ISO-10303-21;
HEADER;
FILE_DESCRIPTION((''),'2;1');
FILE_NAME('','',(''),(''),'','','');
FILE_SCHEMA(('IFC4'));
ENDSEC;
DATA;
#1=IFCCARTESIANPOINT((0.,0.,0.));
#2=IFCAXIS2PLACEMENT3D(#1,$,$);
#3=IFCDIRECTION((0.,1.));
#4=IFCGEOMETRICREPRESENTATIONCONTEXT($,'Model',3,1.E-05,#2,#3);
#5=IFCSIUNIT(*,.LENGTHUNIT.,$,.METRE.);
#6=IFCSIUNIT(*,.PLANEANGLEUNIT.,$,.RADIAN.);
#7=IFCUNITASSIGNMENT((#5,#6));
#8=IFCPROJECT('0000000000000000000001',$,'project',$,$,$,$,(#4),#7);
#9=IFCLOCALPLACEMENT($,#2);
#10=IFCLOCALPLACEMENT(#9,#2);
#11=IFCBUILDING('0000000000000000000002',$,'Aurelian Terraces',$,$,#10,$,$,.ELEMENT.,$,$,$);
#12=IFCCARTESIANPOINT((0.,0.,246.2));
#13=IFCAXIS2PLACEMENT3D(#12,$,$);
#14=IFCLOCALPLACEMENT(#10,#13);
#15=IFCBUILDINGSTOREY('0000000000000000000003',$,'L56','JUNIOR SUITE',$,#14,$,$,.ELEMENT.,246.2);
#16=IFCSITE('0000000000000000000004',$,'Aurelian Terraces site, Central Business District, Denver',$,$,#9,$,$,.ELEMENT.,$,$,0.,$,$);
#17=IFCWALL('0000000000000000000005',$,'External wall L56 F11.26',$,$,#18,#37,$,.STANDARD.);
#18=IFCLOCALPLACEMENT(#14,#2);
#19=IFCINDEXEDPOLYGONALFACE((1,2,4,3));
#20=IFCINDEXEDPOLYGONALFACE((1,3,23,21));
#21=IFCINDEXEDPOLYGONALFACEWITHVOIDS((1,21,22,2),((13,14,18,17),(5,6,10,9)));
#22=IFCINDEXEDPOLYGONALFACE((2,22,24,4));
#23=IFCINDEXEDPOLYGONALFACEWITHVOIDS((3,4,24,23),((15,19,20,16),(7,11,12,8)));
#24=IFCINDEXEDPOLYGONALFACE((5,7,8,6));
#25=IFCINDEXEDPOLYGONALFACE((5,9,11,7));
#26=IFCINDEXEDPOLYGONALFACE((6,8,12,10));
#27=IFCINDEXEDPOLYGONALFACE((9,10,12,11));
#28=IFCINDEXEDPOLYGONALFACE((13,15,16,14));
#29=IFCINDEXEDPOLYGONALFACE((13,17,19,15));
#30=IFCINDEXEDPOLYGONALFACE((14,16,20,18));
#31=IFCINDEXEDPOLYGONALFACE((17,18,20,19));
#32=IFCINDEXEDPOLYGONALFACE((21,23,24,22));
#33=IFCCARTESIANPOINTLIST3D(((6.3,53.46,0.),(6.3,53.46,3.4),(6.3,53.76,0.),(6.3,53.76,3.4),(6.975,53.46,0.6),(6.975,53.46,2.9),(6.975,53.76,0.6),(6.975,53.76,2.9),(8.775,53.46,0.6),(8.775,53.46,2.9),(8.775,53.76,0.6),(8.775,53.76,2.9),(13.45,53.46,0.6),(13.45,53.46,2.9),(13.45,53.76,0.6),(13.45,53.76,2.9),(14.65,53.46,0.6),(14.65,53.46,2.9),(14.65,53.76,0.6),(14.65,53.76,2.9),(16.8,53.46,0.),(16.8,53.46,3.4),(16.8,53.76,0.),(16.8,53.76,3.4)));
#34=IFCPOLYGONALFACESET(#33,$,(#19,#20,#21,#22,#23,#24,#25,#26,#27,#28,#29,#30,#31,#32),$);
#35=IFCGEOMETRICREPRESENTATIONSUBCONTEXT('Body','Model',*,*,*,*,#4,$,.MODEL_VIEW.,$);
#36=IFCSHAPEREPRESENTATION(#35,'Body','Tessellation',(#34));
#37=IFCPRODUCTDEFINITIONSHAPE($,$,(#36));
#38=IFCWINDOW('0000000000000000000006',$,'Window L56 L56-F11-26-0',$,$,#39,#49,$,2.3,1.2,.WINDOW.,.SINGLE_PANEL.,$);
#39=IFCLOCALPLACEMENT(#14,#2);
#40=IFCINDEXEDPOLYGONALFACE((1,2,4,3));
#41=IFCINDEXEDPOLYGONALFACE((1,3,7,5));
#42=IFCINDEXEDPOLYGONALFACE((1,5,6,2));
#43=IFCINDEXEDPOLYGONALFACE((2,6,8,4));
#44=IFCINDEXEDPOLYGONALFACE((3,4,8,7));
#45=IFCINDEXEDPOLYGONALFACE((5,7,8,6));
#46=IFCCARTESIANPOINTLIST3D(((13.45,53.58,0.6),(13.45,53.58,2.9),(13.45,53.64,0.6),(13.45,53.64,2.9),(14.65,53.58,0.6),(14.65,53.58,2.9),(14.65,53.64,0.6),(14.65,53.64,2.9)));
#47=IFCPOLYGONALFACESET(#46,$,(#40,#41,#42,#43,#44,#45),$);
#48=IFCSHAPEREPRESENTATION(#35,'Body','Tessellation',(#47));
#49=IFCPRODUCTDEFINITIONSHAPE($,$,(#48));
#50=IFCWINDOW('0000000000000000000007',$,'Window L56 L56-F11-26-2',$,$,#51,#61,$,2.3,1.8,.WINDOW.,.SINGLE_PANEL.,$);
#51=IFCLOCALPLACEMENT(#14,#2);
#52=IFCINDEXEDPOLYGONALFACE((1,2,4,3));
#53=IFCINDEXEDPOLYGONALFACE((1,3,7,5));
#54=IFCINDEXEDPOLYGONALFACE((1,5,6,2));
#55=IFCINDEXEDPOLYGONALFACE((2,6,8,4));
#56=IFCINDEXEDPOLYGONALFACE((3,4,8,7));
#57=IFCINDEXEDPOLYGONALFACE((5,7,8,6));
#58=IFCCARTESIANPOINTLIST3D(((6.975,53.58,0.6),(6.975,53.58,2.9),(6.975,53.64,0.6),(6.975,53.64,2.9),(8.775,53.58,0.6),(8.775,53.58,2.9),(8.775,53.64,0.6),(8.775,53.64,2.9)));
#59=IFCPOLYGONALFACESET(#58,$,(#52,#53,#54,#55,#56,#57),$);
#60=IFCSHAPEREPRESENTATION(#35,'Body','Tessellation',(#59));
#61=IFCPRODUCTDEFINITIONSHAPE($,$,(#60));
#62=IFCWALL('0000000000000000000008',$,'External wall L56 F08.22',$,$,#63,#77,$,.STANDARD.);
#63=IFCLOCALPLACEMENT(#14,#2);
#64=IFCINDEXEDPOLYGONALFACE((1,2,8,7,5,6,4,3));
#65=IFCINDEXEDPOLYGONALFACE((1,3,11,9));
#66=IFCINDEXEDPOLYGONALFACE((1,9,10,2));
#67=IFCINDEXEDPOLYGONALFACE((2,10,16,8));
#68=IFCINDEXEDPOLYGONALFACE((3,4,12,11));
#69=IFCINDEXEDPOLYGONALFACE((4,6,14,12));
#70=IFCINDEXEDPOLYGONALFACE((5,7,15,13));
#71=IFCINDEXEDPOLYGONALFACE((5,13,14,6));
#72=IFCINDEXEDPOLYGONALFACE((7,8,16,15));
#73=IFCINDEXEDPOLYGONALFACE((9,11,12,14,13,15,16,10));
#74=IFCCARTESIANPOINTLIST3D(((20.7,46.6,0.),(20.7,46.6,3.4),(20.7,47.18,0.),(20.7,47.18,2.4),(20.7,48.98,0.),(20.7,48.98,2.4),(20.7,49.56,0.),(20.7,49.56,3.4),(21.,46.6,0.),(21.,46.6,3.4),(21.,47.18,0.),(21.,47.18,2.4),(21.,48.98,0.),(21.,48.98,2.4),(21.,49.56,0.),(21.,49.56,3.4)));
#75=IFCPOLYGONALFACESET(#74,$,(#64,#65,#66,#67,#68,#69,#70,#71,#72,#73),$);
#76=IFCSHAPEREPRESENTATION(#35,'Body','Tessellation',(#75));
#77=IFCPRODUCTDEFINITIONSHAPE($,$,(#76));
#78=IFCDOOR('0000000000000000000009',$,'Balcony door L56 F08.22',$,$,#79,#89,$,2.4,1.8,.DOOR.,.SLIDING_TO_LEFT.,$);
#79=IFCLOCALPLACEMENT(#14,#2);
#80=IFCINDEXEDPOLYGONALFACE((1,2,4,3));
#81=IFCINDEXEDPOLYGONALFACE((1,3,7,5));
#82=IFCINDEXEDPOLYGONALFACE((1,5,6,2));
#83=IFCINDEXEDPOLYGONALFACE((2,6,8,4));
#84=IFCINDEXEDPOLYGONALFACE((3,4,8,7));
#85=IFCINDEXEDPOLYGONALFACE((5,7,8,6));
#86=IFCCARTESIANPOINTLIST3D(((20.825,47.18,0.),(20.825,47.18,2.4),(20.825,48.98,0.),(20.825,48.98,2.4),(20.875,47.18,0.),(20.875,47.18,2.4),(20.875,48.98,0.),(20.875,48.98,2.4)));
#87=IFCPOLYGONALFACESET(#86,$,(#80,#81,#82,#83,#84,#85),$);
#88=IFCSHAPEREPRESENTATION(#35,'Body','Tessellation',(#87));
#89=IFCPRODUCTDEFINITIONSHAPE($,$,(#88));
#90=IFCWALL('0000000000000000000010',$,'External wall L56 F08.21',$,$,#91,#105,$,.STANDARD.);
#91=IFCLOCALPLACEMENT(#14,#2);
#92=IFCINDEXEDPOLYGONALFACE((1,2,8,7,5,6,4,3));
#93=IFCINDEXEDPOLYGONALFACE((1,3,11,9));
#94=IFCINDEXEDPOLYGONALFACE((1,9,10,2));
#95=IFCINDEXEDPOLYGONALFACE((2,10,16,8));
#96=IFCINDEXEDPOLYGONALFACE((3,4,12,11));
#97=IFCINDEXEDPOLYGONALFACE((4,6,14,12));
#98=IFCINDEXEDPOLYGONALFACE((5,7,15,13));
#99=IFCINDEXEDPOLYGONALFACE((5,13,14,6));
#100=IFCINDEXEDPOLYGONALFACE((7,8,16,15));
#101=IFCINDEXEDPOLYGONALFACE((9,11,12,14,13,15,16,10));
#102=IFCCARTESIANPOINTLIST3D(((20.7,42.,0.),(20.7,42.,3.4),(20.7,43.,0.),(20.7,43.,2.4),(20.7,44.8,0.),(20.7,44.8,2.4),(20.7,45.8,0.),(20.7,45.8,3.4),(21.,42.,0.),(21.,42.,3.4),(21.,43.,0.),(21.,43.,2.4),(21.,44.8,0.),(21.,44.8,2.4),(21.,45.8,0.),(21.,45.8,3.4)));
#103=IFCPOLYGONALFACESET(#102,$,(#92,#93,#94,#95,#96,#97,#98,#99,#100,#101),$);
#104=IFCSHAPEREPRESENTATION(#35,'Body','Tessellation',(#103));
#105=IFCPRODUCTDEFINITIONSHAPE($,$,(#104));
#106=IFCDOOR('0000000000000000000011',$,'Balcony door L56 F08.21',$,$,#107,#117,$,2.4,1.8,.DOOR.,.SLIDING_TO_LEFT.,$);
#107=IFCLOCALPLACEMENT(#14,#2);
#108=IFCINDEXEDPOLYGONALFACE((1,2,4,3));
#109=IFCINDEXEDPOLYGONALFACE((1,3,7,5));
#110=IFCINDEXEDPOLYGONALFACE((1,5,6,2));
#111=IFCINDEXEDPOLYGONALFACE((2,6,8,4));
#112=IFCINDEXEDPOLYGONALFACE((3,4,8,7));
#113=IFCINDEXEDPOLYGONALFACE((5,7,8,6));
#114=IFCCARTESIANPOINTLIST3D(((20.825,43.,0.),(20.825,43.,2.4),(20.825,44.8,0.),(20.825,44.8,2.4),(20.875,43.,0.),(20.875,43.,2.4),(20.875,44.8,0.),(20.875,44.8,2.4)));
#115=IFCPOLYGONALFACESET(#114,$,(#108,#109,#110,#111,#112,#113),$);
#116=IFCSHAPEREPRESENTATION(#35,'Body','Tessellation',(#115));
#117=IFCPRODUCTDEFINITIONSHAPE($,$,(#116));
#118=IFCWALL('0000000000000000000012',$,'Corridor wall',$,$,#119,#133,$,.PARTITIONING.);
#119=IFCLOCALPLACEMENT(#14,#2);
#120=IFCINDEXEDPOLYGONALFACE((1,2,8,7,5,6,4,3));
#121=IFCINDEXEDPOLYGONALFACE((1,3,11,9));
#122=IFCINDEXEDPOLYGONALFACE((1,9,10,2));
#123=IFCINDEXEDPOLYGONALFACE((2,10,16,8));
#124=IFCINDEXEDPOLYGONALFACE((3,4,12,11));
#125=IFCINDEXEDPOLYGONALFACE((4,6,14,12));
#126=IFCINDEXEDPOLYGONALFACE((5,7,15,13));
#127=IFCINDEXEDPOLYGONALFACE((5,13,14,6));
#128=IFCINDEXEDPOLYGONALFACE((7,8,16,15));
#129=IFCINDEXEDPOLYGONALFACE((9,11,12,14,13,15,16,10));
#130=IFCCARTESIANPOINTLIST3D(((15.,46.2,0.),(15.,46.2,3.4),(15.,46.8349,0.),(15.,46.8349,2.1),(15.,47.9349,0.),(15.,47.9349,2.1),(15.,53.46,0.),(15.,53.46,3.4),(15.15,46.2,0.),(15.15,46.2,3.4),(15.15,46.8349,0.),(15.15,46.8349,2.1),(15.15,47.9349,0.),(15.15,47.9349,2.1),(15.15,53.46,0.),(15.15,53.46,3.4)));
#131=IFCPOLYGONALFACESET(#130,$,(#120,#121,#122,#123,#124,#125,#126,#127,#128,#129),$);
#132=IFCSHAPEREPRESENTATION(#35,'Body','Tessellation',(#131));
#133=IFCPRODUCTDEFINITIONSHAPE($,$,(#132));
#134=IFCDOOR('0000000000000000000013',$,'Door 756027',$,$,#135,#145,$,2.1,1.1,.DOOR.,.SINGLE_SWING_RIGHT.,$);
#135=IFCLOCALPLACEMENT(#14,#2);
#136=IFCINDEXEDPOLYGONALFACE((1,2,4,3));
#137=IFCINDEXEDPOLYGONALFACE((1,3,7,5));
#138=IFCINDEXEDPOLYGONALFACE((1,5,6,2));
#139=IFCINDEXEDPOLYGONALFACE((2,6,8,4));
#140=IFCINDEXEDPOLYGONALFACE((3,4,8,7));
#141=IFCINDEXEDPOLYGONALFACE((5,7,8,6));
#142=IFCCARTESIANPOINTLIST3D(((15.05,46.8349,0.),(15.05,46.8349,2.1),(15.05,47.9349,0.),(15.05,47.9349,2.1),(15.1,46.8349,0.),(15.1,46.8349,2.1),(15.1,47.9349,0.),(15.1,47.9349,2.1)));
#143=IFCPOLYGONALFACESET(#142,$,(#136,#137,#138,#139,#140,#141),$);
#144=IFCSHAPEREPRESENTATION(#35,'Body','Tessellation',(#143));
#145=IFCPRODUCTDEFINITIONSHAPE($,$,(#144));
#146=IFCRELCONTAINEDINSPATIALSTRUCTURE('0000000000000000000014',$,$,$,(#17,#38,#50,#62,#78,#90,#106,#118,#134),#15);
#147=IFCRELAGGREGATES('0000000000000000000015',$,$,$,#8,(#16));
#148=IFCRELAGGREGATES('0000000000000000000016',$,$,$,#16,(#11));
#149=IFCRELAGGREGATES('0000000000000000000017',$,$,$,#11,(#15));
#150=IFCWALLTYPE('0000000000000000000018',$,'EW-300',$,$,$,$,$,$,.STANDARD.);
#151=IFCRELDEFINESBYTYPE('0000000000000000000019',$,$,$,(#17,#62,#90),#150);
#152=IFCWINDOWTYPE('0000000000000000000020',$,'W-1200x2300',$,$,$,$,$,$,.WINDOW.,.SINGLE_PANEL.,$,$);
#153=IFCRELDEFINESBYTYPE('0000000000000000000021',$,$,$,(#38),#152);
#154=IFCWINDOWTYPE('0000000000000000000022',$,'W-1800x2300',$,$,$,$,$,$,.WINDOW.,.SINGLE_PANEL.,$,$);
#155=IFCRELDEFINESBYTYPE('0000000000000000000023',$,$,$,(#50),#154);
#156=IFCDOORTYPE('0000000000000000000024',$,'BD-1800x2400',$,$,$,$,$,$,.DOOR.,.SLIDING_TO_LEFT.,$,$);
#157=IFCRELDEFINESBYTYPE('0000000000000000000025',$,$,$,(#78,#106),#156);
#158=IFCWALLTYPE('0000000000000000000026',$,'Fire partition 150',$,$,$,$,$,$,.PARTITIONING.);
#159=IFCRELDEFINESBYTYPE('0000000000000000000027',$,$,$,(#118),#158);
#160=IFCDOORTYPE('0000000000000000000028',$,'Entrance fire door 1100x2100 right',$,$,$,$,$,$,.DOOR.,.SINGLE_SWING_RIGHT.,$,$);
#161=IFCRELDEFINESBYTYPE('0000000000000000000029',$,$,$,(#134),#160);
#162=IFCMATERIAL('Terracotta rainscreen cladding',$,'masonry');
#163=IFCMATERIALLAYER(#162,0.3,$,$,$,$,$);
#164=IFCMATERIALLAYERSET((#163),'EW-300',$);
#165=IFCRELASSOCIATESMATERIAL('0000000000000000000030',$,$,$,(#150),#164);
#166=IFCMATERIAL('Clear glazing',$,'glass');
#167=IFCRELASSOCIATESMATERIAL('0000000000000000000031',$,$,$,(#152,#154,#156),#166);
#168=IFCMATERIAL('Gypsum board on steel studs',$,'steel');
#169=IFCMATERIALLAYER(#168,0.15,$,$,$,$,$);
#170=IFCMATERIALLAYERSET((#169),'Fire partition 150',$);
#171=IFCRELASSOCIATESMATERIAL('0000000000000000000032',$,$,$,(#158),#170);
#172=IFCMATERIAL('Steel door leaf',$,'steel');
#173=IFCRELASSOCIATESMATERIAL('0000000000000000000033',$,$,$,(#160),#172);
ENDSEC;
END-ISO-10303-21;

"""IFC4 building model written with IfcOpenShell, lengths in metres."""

from ifc_helpers import new_model, si_unit, direction, frame, frame_2d, origin, place, context, subcontext, project, spatial, rectangle, extrude, source, transform, mapped, material, layer, layer_set, type_object, element, fill, save


model = new_model("IFC4")

# Units and contexts
model_context = context("Model", 3, precision=1e-05, world=origin(), true_north=direction((0.0, 1.0)))
body_context = subcontext(model_context, "Body", "Model", "MODEL_VIEW")
ifc_project = project(units=[si_unit("LENGTHUNIT", "METRE"), si_unit("PLANEANGLEUNIT", "RADIAN")], contexts=[model_context])

# Site, building, storey
site_placement = place(None, origin())
site = spatial("IfcSite", under=ifc_project, at=site_placement, Name="Aurelian Terraces site, Central Business District, Denver", CompositionType="ELEMENT", RefElevation=0.0)
building_placement = place(site_placement, origin())
building = spatial("IfcBuilding", under=site, at=building_placement, Name="Aurelian Terraces", CompositionType="ELEMENT")
storey_placement = place(building_placement, frame((0.0, 0.0, 246.2)))
storey = spatial("IfcBuildingStorey", under=building, at=storey_placement, Name="L56", Description="JUNIOR SUITE", CompositionType="ELEMENT", Elevation=246.2)

# Shared definitions
ifc_material_1 = material(Name="Terracotta rainscreen cladding", Category="masonry")
ifc_layer_1 = layer(ifc_material_1, 0.3)
ifc_layer_set_1 = layer_set([ifc_layer_1], Name="EW-300")
wall_type_1 = type_object("IfcWallType", Name="EW-300", PredefinedType="STANDARD", material=ifc_layer_set_1)
ifc_material_2 = material(Name="Clear glazing", Category="glass")
shared_shape_1 = source(origin(), body_context, "Body", "SweptSolid", [
    extrude(rectangle(XDim=1.2, YDim=2.3, at=frame_2d((0.6, 1.15))), frame((0.0, 0.16, 0.0), z_axis=(0.0, -1.0, 0.0), x_axis=(1.0, 0.0, 0.0)), (0.0, 0.0, 1.0), 0.32),
])
window_type_1 = type_object("IfcWindowType", Name="W-1200x2300", PartitioningType="SINGLE_PANEL", PredefinedType="WINDOW", material=ifc_material_2)
shared_shape_2 = source(origin(), body_context, "Body", "SweptSolid", [
    extrude(rectangle(XDim=1.2, YDim=2.3, at=frame_2d((0.6, 1.15))), frame((0.0, 0.03, 0.0), z_axis=(0.0, -1.0, 0.0), x_axis=(1.0, 0.0, 0.0)), (0.0, 0.0, 1.0), 0.06),
])

# Wall, openings, windows
shared_shape_3 = source(origin(), body_context, "Body", "SweptSolid", [
    extrude(rectangle(XDim=10.5, YDim=0.3, at=frame_2d((5.25, 0.0))), origin(), (0.0, 0.0, 1.0), 3.4),
])
wall_1_placement = place(storey_placement, frame((16.8, 53.61, 0.0), z_axis=(0.0, 0.0, 1.0), x_axis=(-1.0, 0.0, 0.0)))
wall_1 = element("IfcWall", 1, at=wall_1_placement, inside=storey, type_object=wall_type_1, Name="External wall L56 F11.26", PredefinedType="STANDARD", context=body_context, shape_type="MappedRepresentation", body=[
    mapped(shared_shape_3, transform((0.0, 0.0, 0.0), scale=1.0)),
])
opening_1_placement = place(wall_1_placement, frame((2.15, 0.0, 0.6)))
opening_1 = element("IfcOpeningElement", 2, at=opening_1_placement, cuts=wall_1, PredefinedType="OPENING", context=body_context, shape_type="MappedRepresentation", body=[
    mapped(shared_shape_1, transform((0.0, 0.0, 0.0), scale=1.0)),
])
shared_shape_4 = source(origin(), body_context, "Body", "SweptSolid", [
    extrude(rectangle(XDim=1.8, YDim=2.3, at=frame_2d((0.9, 1.15))), frame((0.0, 0.16, 0.0), z_axis=(0.0, -1.0, 0.0), x_axis=(1.0, 0.0, 0.0)), (0.0, 0.0, 1.0), 0.32),
])
opening_2_placement = place(wall_1_placement, frame((8.025, 0.0, 0.6)))
opening_2 = element("IfcOpeningElement", 3, at=opening_2_placement, cuts=wall_1, PredefinedType="OPENING", context=body_context, shape_type="MappedRepresentation", body=[
    mapped(shared_shape_4, transform((0.0, 0.0, 0.0), scale=1.0)),
])
window_1_placement = place(opening_1_placement, origin())
window_1 = element("IfcWindow", 4, at=window_1_placement, inside=storey, type_object=window_type_1, Name="Window L56 L56-F11-26-0", OverallHeight=2.3, OverallWidth=1.2, PartitioningType="SINGLE_PANEL", PredefinedType="WINDOW", context=body_context, shape_type="MappedRepresentation", body=[
    mapped(shared_shape_2, transform((0.0, 0.0, 0.0), scale=1.0)),
])
fill(opening_1, window_1)
window_type_2 = type_object("IfcWindowType", Name="W-1800x2300", PartitioningType="SINGLE_PANEL", PredefinedType="WINDOW", material=ifc_material_2)
shared_shape_5 = source(origin(), body_context, "Body", "SweptSolid", [
    extrude(rectangle(XDim=1.8, YDim=2.3, at=frame_2d((0.9, 1.15))), frame((0.0, 0.03, 0.0), z_axis=(0.0, -1.0, 0.0), x_axis=(1.0, 0.0, 0.0)), (0.0, 0.0, 1.0), 0.06),
])
window_2_placement = place(opening_2_placement, origin())
window_2 = element("IfcWindow", 5, at=window_2_placement, inside=storey, type_object=window_type_2, Name="Window L56 L56-F11-26-2", OverallHeight=2.3, OverallWidth=1.8, PartitioningType="SINGLE_PANEL", PredefinedType="WINDOW", context=body_context, shape_type="MappedRepresentation", body=[
    mapped(shared_shape_5, transform((0.0, 0.0, 0.0), scale=1.0)),
])
fill(opening_2, window_2)

# Walls, openings, doors
shared_shape_6 = source(origin(), body_context, "Body", "SweptSolid", [
    extrude(rectangle(XDim=2.96, YDim=0.3, at=frame_2d((1.48, 0.0))), origin(), (0.0, 0.0, 1.0), 3.4),
])
wall_2_placement = place(storey_placement, frame((20.85, 46.6, 0.0), z_axis=(0.0, 0.0, 1.0), x_axis=(0.0, 1.0, 0.0)))
wall_2 = element("IfcWall", 6, at=wall_2_placement, inside=storey, type_object=wall_type_1, Name="External wall L56 F08.22", PredefinedType="STANDARD", context=body_context, shape_type="MappedRepresentation", body=[
    mapped(shared_shape_6, transform((0.0, 0.0, 0.0), scale=1.0)),
])
shared_shape_7 = source(origin(), body_context, "Body", "SweptSolid", [
    extrude(rectangle(XDim=1.8, YDim=2.4, at=frame_2d((0.9, 1.2))), frame((0.0, 0.16, 0.0), z_axis=(0.0, -1.0, 0.0), x_axis=(1.0, 0.0, 0.0)), (0.0, 0.0, 1.0), 0.32),
])
opening_3_placement = place(wall_2_placement, frame((0.58, 0.0, 0.0)))
opening_3 = element("IfcOpeningElement", 7, at=opening_3_placement, cuts=wall_2, PredefinedType="OPENING", context=body_context, shape_type="MappedRepresentation", body=[
    mapped(shared_shape_7, transform((0.0, 0.0, 0.0), scale=1.0)),
])
door_type_1 = type_object("IfcDoorType", Name="BD-1800x2400", OperationType="SLIDING_TO_LEFT", PredefinedType="DOOR", material=ifc_material_2)
shared_shape_8 = source(origin(), body_context, "Body", "SweptSolid", [
    extrude(rectangle(XDim=1.8, YDim=2.4, at=frame_2d((0.9, 1.2))), frame((0.0, 0.025, 0.0), z_axis=(0.0, -1.0, 0.0), x_axis=(1.0, 0.0, 0.0)), (0.0, 0.0, 1.0), 0.05),
])
door_1_placement = place(opening_3_placement, origin())
door_1 = element("IfcDoor", 8, at=door_1_placement, inside=storey, type_object=door_type_1, Name="Balcony door L56 F08.22", OperationType="SLIDING_TO_LEFT", OverallHeight=2.4, OverallWidth=1.8, PredefinedType="DOOR", context=body_context, shape_type="MappedRepresentation", body=[
    mapped(shared_shape_8, transform((0.0, 0.0, 0.0), scale=1.0)),
])
fill(opening_3, door_1)
shared_shape_9 = source(origin(), body_context, "Body", "SweptSolid", [
    extrude(rectangle(XDim=3.8, YDim=0.3, at=frame_2d((1.9, 0.0))), origin(), (0.0, 0.0, 1.0), 3.4),
])
wall_3_placement = place(storey_placement, frame((20.85, 42.0, 0.0), z_axis=(0.0, 0.0, 1.0), x_axis=(0.0, 1.0, 0.0)))
wall_3 = element("IfcWall", 9, at=wall_3_placement, inside=storey, type_object=wall_type_1, Name="External wall L56 F08.21", PredefinedType="STANDARD", context=body_context, shape_type="MappedRepresentation", body=[
    mapped(shared_shape_9, transform((0.0, 0.0, 0.0), scale=1.0)),
])
opening_4_placement = place(wall_3_placement, frame((1.0, 0.0, 0.0)))
opening_4 = element("IfcOpeningElement", 10, at=opening_4_placement, cuts=wall_3, PredefinedType="OPENING", context=body_context, shape_type="MappedRepresentation", body=[
    mapped(shared_shape_7, transform((0.0, 0.0, 0.0), scale=1.0)),
])
door_2_placement = place(opening_4_placement, origin())
door_2 = element("IfcDoor", 11, at=door_2_placement, inside=storey, type_object=door_type_1, Name="Balcony door L56 F08.21", OperationType="SLIDING_TO_LEFT", OverallHeight=2.4, OverallWidth=1.8, PredefinedType="DOOR", context=body_context, shape_type="MappedRepresentation", body=[
    mapped(shared_shape_8, transform((0.0, 0.0, 0.0), scale=1.0)),
])
fill(opening_4, door_2)
ifc_material_3 = material(Name="Gypsum board on steel studs", Category="steel")
ifc_layer_2 = layer(ifc_material_3, 0.15)
ifc_layer_set_2 = layer_set([ifc_layer_2], Name="Fire partition 150")
wall_type_2 = type_object("IfcWallType", Name="Fire partition 150", PredefinedType="PARTITIONING", material=ifc_layer_set_2)
shared_shape_10 = source(origin(), body_context, "Body", "SweptSolid", [
    extrude(rectangle(XDim=7.26, YDim=0.15, at=frame_2d((3.63, 0.0))), origin(), (0.0, 0.0, 1.0), 3.4),
])
wall_4_placement = place(storey_placement, frame((15.075, 46.2, 0.0), z_axis=(0.0, 0.0, 1.0), x_axis=(0.0, 1.0, 0.0)))
wall_4 = element("IfcWall", 12, at=wall_4_placement, inside=storey, type_object=wall_type_2, Name="Corridor wall", PredefinedType="PARTITIONING", context=body_context, shape_type="MappedRepresentation", body=[
    mapped(shared_shape_10, transform((0.0, 0.0, 0.0), scale=1.0)),
])
shared_shape_11 = source(origin(), body_context, "Body", "SweptSolid", [
    extrude(rectangle(XDim=1.1, YDim=2.1, at=frame_2d((0.55, 1.05))), frame((0.0, 0.085, 0.0), z_axis=(0.0, -1.0, 0.0), x_axis=(1.0, 0.0, 0.0)), (0.0, 0.0, 1.0), 0.17),
])
opening_5_placement = place(wall_4_placement, frame((0.6349, 0.0, 0.0)))
opening_5 = element("IfcOpeningElement", 13, at=opening_5_placement, cuts=wall_4, PredefinedType="OPENING", context=body_context, shape_type="MappedRepresentation", body=[
    mapped(shared_shape_11, transform((0.0, 0.0, 0.0), scale=1.0)),
])
ifc_material_4 = material(Name="Steel door leaf", Category="steel")
door_type_2 = type_object("IfcDoorType", Name="Entrance fire door 1100x2100 right", OperationType="SINGLE_SWING_RIGHT", PredefinedType="DOOR", material=ifc_material_4)
shared_shape_12 = source(origin(), body_context, "Body", "SweptSolid", [
    extrude(rectangle(XDim=1.1, YDim=2.1, at=frame_2d((0.55, 1.05))), frame((0.0, 0.025, 0.0), z_axis=(0.0, -1.0, 0.0), x_axis=(1.0, 0.0, 0.0)), (0.0, 0.0, 1.0), 0.05),
])
door_3_placement = place(opening_5_placement, origin())
door_3 = element("IfcDoor", 14, at=door_3_placement, inside=storey, type_object=door_type_2, Name="Door 756027", OperationType="SINGLE_SWING_RIGHT", OverallHeight=2.1, OverallWidth=1.1, PredefinedType="DOOR", context=body_context, shape_type="MappedRepresentation", body=[
    mapped(shared_shape_12, transform((0.0, 0.0, 0.0), scale=1.0)),
])
fill(opening_5, door_3)

save(model, "model.ifc")
